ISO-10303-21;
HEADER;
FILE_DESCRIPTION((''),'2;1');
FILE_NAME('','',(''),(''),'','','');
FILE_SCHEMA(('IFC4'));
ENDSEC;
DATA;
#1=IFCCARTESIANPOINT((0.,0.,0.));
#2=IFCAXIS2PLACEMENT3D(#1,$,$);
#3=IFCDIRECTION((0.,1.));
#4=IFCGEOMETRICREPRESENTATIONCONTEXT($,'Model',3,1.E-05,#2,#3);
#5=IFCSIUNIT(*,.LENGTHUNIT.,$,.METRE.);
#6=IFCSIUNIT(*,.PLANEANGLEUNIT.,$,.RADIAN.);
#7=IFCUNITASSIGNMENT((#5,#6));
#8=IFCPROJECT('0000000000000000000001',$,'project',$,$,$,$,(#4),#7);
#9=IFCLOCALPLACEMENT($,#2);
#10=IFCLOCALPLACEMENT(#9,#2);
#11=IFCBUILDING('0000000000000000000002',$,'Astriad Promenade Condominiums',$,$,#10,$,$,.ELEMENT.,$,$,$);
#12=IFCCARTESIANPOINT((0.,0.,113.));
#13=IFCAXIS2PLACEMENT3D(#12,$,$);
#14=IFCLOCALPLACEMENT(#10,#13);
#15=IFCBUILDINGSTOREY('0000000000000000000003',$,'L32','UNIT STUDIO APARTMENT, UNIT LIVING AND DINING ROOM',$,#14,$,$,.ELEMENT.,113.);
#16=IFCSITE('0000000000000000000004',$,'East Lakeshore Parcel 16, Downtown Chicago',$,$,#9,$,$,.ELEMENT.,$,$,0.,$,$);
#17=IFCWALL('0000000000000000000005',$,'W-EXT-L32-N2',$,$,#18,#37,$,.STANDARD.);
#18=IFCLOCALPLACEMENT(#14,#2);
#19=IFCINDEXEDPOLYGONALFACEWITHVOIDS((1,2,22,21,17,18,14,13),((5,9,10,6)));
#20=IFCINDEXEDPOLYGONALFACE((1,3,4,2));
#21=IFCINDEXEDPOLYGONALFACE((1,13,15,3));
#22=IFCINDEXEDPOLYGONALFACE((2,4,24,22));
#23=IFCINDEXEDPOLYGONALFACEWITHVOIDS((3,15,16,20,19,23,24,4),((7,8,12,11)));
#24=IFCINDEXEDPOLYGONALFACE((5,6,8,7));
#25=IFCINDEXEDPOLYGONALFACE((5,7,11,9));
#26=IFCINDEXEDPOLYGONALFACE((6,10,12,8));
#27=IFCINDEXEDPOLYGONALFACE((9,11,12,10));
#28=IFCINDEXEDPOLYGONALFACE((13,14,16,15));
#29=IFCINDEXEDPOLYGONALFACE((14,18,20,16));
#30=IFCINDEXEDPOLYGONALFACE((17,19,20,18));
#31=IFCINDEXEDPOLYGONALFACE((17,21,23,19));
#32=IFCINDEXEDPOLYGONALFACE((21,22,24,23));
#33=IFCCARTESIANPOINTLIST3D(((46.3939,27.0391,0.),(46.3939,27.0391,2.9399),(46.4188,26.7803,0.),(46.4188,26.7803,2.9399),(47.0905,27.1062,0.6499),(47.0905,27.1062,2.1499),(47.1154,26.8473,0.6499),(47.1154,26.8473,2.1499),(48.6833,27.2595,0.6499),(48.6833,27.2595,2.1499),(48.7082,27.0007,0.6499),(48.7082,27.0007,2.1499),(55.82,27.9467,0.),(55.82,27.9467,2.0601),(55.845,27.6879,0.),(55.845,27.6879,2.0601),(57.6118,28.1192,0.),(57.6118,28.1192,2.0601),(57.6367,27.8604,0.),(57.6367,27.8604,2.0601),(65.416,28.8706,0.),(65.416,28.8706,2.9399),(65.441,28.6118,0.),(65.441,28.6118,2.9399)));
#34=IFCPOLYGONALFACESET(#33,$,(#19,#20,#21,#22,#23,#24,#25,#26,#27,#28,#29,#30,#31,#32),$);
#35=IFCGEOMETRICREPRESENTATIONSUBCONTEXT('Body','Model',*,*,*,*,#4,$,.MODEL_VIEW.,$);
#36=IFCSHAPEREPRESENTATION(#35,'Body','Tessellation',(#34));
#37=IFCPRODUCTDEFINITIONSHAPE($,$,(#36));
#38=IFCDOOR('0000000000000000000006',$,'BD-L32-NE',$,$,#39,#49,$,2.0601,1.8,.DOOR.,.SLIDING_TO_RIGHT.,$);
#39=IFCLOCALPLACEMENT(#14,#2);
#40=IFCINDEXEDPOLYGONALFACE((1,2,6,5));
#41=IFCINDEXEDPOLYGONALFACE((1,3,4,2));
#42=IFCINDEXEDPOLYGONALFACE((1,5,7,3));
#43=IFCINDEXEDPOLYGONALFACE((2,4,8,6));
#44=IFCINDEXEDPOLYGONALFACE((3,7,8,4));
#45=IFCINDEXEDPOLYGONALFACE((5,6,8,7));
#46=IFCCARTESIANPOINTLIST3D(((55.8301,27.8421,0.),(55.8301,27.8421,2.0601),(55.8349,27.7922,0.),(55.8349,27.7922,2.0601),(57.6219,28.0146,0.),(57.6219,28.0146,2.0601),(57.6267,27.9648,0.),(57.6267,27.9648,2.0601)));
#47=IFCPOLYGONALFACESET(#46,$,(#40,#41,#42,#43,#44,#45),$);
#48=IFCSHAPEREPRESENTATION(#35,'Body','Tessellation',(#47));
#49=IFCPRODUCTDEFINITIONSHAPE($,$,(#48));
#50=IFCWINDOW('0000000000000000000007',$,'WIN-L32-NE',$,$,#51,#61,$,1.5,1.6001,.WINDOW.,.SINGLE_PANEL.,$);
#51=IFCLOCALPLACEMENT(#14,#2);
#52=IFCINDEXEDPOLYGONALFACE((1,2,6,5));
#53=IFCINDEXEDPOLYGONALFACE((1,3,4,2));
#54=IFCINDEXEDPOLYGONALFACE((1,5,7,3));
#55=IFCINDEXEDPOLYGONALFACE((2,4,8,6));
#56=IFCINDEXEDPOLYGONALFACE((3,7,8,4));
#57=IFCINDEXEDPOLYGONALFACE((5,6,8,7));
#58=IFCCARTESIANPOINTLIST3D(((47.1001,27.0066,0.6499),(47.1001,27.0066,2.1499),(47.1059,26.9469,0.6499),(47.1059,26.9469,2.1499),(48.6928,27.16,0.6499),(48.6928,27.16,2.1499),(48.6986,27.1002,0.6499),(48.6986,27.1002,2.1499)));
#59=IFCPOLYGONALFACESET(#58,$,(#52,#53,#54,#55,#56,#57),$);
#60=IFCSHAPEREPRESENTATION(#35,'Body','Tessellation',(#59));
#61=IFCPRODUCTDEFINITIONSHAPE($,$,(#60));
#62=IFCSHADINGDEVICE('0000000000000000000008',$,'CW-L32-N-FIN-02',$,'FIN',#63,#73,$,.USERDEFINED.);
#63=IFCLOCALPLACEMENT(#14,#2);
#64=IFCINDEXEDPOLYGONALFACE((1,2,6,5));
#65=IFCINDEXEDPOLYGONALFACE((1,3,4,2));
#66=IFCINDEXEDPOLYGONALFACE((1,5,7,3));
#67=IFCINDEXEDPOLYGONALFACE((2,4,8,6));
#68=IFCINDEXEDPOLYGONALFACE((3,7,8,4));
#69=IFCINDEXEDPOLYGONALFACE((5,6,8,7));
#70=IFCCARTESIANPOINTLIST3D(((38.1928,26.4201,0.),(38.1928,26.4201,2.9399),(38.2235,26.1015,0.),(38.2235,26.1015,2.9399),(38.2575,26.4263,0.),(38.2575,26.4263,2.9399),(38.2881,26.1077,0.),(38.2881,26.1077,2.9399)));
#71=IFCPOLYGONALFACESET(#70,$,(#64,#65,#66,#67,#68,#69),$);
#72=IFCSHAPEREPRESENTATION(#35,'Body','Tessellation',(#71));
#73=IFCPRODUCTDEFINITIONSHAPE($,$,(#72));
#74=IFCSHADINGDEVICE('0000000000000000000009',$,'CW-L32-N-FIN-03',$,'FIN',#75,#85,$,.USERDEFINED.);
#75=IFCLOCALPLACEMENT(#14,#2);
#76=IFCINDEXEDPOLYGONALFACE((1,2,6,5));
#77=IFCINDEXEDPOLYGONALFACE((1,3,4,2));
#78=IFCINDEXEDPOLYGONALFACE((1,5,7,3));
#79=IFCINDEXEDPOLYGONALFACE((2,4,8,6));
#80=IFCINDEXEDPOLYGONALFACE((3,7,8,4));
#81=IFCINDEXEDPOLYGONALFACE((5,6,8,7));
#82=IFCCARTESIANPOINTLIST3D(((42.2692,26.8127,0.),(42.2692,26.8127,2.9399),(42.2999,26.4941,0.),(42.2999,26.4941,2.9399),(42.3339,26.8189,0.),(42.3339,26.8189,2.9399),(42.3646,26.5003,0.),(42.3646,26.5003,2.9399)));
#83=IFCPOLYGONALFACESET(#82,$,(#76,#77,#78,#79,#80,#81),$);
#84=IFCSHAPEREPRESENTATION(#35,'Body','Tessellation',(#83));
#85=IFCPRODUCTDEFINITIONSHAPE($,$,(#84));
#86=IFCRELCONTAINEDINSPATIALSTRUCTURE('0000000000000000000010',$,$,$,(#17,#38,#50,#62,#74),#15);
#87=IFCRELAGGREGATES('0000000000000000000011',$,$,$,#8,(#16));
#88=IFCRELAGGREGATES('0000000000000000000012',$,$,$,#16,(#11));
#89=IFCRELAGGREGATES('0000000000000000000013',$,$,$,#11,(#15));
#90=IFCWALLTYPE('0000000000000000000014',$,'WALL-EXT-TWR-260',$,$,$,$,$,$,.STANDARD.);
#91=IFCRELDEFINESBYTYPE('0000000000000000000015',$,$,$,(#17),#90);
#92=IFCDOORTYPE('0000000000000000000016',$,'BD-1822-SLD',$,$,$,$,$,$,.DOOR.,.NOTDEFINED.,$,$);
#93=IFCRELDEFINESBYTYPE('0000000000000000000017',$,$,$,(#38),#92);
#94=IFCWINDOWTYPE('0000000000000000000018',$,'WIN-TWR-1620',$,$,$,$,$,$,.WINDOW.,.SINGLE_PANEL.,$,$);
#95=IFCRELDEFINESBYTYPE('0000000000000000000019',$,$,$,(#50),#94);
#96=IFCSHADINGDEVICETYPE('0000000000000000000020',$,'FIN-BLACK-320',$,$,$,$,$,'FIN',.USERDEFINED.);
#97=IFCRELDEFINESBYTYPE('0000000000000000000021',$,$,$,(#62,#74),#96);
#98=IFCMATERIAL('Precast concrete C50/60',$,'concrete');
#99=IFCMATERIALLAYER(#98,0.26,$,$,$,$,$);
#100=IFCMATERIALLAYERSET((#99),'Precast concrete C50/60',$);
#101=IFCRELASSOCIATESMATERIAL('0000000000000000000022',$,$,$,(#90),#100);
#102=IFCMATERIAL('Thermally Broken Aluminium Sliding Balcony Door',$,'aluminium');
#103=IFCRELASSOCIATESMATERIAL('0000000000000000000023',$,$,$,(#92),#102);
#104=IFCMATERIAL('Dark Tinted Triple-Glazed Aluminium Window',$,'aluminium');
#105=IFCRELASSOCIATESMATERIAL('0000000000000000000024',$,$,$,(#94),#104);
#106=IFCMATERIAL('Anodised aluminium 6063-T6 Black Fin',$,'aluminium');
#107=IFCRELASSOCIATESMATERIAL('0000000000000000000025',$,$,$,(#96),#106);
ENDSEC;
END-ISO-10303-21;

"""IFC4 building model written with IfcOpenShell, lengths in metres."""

from ifc_helpers import new_model, si_unit, direction, frame, frame_2d, origin, origin_2d, place, context, subcontext, project, spatial, rectangle, extrude, source, transform, mapped, material, layer, layer_set, type_object, type_shapes, element, fill, save


model = new_model("IFC4")

# Units and contexts
model_context = context("Model", 3, precision=1e-05, world=origin(), true_north=direction((0.0, 1.0)))
body_context = subcontext(model_context, "Body", "Model", "MODEL_VIEW")
ifc_project = project(units=[si_unit("LENGTHUNIT", "METRE"), si_unit("PLANEANGLEUNIT", "RADIAN")], contexts=[model_context])

# Site, building, storey
site_placement = place(None, origin())
site = spatial("IfcSite", under=ifc_project, at=site_placement, Name="East Lakeshore Parcel 16, Downtown Chicago", CompositionType="ELEMENT", RefElevation=0.0)
building_placement = place(site_placement, origin())
building = spatial("IfcBuilding", under=site, at=building_placement, Name="Astriad Promenade Condominiums", CompositionType="ELEMENT")
storey_placement = place(building_placement, frame((0.0, 0.0, 113.0)))
storey = spatial("IfcBuildingStorey", under=building, at=storey_placement, Name="L32", Description="UNIT STUDIO APARTMENT, UNIT LIVING AND DINING ROOM", CompositionType="ELEMENT", Elevation=113.0)

# Wall, openings, door, window
ifc_material_1 = material(Name="Precast concrete C50/60", Category="concrete")
ifc_layer_1 = layer(ifc_material_1, 0.26)
ifc_layer_set_1 = layer_set([ifc_layer_1], Name="Precast concrete C50/60")
wall_type = type_object("IfcWallType", Name="WALL-EXT-TWR-260", PredefinedType="STANDARD", material=ifc_layer_set_1)
wall_placement = place(storey_placement, frame((46.4062, 26.9097, 0.0), z_axis=(0.0, 0.0, 1.0), x_axis=(0.995397, 0.095841, 0.0)))
wall = element("IfcWall", 1, at=wall_placement, inside=storey, type_object=wall_type, Name="W-EXT-L32-N2", PredefinedType="STANDARD", context=body_context, shape_type="SweptSolid", body=[
    extrude(rectangle(XDim=19.1101, YDim=0.26, at=frame_2d((9.5552, 0.0))), origin(), (0.0, 0.0, 1.0), 2.9399),
])
opening_1_placement = place(wall_placement, frame((9.47, 0.0, 0.0)))
opening_1 = element("IfcOpeningElement", 2, at=opening_1_placement, cuts=wall, PredefinedType="OPENING", context=body_context, shape_type="SweptSolid", body=[
    extrude(rectangle(XDim=1.8, YDim=2.0601, at=frame_2d((0.8999, 1.03))), frame((0.0, 0.1399, 0.0), z_axis=(0.0, -1.0, 0.0), x_axis=(1.0, 0.0, 0.0)), (0.0, 0.0, 1.0), 0.28),
])
opening_2_placement = place(wall_placement, frame((0.7, 0.0, 0.6499)))
opening_2 = element("IfcOpeningElement", 3, at=opening_2_placement, cuts=wall, PredefinedType="OPENING", context=body_context, shape_type="SweptSolid", body=[
    extrude(rectangle(XDim=1.6001, YDim=1.5, at=frame_2d((0.8, 0.75))), frame((0.0, 0.1399, 0.0), z_axis=(0.0, -1.0, 0.0), x_axis=(1.0, 0.0, 0.0)), (0.0, 0.0, 1.0), 0.28),
])
ifc_material_2 = material(Name="Thermally Broken Aluminium Sliding Balcony Door", Category="aluminium")
door_type = type_object("IfcDoorType", Name="BD-1822-SLD", OperationType="NOTDEFINED", PredefinedType="DOOR", material=ifc_material_2)
shared_shape_1 = source(origin(), body_context, "Body", "SweptSolid", [
    extrude(rectangle(XDim=1.8, YDim=2.0601, at=frame_2d((0.8999, 1.03))), frame((0.0, 0.0249, 0.0), z_axis=(0.0, -1.0, 0.0), x_axis=(1.0, 0.0, 0.0)), (0.0, 0.0, 1.0), 0.05),
])
type_shapes(door_type, [shared_shape_1])
door_placement = place(opening_1_placement, origin())
door = element("IfcDoor", 4, at=door_placement, inside=storey, type_object=door_type, Name="BD-L32-NE", OperationType="SLIDING_TO_RIGHT", OverallHeight=2.0601, OverallWidth=1.8, PredefinedType="DOOR", context=body_context, shape_type="MappedRepresentation", body=[
    mapped(shared_shape_1, transform((0.0, 0.0, 0.0), scale=1.0)),
])
fill(opening_1, door)
ifc_material_3 = material(Name="Dark Tinted Triple-Glazed Aluminium Window", Category="aluminium")
window_type = type_object("IfcWindowType", Name="WIN-TWR-1620", PartitioningType="SINGLE_PANEL", PredefinedType="WINDOW", material=ifc_material_3)
shared_shape_2 = source(origin(), body_context, "Body", "SweptSolid", [
    extrude(rectangle(XDim=1.6001, YDim=1.5, at=frame_2d((0.8, 0.75))), frame((0.0, 0.03, 0.0), z_axis=(0.0, -1.0, 0.0), x_axis=(1.0, 0.0, 0.0)), (0.0, 0.0, 1.0), 0.0601),
])
type_shapes(window_type, [shared_shape_2])
window_placement = place(opening_2_placement, origin())
window = element("IfcWindow", 5, at=window_placement, inside=storey, type_object=window_type, Name="WIN-L32-NE", OverallHeight=1.5, OverallWidth=1.6001, PartitioningType="SINGLE_PANEL", PredefinedType="WINDOW", context=body_context, shape_type="MappedRepresentation", body=[
    mapped(shared_shape_2, transform((0.0, 0.0, 0.0), scale=1.0)),
])
fill(opening_2, window)

# Shading devices
ifc_material_4 = material(Name="Anodised aluminium 6063-T6 Black Fin", Category="aluminium")
shading_device_type = type_object("IfcShadingDeviceType", Name="FIN-BLACK-320", ElementType="FIN", PredefinedType="USERDEFINED", material=ifc_material_4)
shared_shape_3 = source(origin(), body_context, "Body", "SweptSolid", [
    extrude(rectangle(XDim=0.0649, YDim=0.3201, at=origin_2d()), origin(), (0.0, 0.0, 1.0), 2.9399),
])
type_shapes(shading_device_type, [shared_shape_3])
for number, where, z_axis, x_axis, name in (
    (6, (38.2405, 26.2639, 0.0), (0.0, 0.0, 1.0), (0.995396, 0.095846, 0.0), "CW-L32-N-FIN-02"),
    (7, (42.3169, 26.6565, 0.0), (0.0, 0.0, 1.0), (0.995396, 0.095846, 0.0), "CW-L32-N-FIN-03"),
):
    element("IfcShadingDevice", number, at=place(storey_placement, frame(where, z_axis=z_axis, x_axis=x_axis)), inside=storey, type_object=shading_device_type, Name=name, ObjectType="FIN", PredefinedType="USERDEFINED", context=body_context, shape_type="MappedRepresentation", body=[
        mapped(shared_shape_3, transform((0.0, 0.0, 0.0), scale=1.0)),
    ])

save(model, "model.ifc")
